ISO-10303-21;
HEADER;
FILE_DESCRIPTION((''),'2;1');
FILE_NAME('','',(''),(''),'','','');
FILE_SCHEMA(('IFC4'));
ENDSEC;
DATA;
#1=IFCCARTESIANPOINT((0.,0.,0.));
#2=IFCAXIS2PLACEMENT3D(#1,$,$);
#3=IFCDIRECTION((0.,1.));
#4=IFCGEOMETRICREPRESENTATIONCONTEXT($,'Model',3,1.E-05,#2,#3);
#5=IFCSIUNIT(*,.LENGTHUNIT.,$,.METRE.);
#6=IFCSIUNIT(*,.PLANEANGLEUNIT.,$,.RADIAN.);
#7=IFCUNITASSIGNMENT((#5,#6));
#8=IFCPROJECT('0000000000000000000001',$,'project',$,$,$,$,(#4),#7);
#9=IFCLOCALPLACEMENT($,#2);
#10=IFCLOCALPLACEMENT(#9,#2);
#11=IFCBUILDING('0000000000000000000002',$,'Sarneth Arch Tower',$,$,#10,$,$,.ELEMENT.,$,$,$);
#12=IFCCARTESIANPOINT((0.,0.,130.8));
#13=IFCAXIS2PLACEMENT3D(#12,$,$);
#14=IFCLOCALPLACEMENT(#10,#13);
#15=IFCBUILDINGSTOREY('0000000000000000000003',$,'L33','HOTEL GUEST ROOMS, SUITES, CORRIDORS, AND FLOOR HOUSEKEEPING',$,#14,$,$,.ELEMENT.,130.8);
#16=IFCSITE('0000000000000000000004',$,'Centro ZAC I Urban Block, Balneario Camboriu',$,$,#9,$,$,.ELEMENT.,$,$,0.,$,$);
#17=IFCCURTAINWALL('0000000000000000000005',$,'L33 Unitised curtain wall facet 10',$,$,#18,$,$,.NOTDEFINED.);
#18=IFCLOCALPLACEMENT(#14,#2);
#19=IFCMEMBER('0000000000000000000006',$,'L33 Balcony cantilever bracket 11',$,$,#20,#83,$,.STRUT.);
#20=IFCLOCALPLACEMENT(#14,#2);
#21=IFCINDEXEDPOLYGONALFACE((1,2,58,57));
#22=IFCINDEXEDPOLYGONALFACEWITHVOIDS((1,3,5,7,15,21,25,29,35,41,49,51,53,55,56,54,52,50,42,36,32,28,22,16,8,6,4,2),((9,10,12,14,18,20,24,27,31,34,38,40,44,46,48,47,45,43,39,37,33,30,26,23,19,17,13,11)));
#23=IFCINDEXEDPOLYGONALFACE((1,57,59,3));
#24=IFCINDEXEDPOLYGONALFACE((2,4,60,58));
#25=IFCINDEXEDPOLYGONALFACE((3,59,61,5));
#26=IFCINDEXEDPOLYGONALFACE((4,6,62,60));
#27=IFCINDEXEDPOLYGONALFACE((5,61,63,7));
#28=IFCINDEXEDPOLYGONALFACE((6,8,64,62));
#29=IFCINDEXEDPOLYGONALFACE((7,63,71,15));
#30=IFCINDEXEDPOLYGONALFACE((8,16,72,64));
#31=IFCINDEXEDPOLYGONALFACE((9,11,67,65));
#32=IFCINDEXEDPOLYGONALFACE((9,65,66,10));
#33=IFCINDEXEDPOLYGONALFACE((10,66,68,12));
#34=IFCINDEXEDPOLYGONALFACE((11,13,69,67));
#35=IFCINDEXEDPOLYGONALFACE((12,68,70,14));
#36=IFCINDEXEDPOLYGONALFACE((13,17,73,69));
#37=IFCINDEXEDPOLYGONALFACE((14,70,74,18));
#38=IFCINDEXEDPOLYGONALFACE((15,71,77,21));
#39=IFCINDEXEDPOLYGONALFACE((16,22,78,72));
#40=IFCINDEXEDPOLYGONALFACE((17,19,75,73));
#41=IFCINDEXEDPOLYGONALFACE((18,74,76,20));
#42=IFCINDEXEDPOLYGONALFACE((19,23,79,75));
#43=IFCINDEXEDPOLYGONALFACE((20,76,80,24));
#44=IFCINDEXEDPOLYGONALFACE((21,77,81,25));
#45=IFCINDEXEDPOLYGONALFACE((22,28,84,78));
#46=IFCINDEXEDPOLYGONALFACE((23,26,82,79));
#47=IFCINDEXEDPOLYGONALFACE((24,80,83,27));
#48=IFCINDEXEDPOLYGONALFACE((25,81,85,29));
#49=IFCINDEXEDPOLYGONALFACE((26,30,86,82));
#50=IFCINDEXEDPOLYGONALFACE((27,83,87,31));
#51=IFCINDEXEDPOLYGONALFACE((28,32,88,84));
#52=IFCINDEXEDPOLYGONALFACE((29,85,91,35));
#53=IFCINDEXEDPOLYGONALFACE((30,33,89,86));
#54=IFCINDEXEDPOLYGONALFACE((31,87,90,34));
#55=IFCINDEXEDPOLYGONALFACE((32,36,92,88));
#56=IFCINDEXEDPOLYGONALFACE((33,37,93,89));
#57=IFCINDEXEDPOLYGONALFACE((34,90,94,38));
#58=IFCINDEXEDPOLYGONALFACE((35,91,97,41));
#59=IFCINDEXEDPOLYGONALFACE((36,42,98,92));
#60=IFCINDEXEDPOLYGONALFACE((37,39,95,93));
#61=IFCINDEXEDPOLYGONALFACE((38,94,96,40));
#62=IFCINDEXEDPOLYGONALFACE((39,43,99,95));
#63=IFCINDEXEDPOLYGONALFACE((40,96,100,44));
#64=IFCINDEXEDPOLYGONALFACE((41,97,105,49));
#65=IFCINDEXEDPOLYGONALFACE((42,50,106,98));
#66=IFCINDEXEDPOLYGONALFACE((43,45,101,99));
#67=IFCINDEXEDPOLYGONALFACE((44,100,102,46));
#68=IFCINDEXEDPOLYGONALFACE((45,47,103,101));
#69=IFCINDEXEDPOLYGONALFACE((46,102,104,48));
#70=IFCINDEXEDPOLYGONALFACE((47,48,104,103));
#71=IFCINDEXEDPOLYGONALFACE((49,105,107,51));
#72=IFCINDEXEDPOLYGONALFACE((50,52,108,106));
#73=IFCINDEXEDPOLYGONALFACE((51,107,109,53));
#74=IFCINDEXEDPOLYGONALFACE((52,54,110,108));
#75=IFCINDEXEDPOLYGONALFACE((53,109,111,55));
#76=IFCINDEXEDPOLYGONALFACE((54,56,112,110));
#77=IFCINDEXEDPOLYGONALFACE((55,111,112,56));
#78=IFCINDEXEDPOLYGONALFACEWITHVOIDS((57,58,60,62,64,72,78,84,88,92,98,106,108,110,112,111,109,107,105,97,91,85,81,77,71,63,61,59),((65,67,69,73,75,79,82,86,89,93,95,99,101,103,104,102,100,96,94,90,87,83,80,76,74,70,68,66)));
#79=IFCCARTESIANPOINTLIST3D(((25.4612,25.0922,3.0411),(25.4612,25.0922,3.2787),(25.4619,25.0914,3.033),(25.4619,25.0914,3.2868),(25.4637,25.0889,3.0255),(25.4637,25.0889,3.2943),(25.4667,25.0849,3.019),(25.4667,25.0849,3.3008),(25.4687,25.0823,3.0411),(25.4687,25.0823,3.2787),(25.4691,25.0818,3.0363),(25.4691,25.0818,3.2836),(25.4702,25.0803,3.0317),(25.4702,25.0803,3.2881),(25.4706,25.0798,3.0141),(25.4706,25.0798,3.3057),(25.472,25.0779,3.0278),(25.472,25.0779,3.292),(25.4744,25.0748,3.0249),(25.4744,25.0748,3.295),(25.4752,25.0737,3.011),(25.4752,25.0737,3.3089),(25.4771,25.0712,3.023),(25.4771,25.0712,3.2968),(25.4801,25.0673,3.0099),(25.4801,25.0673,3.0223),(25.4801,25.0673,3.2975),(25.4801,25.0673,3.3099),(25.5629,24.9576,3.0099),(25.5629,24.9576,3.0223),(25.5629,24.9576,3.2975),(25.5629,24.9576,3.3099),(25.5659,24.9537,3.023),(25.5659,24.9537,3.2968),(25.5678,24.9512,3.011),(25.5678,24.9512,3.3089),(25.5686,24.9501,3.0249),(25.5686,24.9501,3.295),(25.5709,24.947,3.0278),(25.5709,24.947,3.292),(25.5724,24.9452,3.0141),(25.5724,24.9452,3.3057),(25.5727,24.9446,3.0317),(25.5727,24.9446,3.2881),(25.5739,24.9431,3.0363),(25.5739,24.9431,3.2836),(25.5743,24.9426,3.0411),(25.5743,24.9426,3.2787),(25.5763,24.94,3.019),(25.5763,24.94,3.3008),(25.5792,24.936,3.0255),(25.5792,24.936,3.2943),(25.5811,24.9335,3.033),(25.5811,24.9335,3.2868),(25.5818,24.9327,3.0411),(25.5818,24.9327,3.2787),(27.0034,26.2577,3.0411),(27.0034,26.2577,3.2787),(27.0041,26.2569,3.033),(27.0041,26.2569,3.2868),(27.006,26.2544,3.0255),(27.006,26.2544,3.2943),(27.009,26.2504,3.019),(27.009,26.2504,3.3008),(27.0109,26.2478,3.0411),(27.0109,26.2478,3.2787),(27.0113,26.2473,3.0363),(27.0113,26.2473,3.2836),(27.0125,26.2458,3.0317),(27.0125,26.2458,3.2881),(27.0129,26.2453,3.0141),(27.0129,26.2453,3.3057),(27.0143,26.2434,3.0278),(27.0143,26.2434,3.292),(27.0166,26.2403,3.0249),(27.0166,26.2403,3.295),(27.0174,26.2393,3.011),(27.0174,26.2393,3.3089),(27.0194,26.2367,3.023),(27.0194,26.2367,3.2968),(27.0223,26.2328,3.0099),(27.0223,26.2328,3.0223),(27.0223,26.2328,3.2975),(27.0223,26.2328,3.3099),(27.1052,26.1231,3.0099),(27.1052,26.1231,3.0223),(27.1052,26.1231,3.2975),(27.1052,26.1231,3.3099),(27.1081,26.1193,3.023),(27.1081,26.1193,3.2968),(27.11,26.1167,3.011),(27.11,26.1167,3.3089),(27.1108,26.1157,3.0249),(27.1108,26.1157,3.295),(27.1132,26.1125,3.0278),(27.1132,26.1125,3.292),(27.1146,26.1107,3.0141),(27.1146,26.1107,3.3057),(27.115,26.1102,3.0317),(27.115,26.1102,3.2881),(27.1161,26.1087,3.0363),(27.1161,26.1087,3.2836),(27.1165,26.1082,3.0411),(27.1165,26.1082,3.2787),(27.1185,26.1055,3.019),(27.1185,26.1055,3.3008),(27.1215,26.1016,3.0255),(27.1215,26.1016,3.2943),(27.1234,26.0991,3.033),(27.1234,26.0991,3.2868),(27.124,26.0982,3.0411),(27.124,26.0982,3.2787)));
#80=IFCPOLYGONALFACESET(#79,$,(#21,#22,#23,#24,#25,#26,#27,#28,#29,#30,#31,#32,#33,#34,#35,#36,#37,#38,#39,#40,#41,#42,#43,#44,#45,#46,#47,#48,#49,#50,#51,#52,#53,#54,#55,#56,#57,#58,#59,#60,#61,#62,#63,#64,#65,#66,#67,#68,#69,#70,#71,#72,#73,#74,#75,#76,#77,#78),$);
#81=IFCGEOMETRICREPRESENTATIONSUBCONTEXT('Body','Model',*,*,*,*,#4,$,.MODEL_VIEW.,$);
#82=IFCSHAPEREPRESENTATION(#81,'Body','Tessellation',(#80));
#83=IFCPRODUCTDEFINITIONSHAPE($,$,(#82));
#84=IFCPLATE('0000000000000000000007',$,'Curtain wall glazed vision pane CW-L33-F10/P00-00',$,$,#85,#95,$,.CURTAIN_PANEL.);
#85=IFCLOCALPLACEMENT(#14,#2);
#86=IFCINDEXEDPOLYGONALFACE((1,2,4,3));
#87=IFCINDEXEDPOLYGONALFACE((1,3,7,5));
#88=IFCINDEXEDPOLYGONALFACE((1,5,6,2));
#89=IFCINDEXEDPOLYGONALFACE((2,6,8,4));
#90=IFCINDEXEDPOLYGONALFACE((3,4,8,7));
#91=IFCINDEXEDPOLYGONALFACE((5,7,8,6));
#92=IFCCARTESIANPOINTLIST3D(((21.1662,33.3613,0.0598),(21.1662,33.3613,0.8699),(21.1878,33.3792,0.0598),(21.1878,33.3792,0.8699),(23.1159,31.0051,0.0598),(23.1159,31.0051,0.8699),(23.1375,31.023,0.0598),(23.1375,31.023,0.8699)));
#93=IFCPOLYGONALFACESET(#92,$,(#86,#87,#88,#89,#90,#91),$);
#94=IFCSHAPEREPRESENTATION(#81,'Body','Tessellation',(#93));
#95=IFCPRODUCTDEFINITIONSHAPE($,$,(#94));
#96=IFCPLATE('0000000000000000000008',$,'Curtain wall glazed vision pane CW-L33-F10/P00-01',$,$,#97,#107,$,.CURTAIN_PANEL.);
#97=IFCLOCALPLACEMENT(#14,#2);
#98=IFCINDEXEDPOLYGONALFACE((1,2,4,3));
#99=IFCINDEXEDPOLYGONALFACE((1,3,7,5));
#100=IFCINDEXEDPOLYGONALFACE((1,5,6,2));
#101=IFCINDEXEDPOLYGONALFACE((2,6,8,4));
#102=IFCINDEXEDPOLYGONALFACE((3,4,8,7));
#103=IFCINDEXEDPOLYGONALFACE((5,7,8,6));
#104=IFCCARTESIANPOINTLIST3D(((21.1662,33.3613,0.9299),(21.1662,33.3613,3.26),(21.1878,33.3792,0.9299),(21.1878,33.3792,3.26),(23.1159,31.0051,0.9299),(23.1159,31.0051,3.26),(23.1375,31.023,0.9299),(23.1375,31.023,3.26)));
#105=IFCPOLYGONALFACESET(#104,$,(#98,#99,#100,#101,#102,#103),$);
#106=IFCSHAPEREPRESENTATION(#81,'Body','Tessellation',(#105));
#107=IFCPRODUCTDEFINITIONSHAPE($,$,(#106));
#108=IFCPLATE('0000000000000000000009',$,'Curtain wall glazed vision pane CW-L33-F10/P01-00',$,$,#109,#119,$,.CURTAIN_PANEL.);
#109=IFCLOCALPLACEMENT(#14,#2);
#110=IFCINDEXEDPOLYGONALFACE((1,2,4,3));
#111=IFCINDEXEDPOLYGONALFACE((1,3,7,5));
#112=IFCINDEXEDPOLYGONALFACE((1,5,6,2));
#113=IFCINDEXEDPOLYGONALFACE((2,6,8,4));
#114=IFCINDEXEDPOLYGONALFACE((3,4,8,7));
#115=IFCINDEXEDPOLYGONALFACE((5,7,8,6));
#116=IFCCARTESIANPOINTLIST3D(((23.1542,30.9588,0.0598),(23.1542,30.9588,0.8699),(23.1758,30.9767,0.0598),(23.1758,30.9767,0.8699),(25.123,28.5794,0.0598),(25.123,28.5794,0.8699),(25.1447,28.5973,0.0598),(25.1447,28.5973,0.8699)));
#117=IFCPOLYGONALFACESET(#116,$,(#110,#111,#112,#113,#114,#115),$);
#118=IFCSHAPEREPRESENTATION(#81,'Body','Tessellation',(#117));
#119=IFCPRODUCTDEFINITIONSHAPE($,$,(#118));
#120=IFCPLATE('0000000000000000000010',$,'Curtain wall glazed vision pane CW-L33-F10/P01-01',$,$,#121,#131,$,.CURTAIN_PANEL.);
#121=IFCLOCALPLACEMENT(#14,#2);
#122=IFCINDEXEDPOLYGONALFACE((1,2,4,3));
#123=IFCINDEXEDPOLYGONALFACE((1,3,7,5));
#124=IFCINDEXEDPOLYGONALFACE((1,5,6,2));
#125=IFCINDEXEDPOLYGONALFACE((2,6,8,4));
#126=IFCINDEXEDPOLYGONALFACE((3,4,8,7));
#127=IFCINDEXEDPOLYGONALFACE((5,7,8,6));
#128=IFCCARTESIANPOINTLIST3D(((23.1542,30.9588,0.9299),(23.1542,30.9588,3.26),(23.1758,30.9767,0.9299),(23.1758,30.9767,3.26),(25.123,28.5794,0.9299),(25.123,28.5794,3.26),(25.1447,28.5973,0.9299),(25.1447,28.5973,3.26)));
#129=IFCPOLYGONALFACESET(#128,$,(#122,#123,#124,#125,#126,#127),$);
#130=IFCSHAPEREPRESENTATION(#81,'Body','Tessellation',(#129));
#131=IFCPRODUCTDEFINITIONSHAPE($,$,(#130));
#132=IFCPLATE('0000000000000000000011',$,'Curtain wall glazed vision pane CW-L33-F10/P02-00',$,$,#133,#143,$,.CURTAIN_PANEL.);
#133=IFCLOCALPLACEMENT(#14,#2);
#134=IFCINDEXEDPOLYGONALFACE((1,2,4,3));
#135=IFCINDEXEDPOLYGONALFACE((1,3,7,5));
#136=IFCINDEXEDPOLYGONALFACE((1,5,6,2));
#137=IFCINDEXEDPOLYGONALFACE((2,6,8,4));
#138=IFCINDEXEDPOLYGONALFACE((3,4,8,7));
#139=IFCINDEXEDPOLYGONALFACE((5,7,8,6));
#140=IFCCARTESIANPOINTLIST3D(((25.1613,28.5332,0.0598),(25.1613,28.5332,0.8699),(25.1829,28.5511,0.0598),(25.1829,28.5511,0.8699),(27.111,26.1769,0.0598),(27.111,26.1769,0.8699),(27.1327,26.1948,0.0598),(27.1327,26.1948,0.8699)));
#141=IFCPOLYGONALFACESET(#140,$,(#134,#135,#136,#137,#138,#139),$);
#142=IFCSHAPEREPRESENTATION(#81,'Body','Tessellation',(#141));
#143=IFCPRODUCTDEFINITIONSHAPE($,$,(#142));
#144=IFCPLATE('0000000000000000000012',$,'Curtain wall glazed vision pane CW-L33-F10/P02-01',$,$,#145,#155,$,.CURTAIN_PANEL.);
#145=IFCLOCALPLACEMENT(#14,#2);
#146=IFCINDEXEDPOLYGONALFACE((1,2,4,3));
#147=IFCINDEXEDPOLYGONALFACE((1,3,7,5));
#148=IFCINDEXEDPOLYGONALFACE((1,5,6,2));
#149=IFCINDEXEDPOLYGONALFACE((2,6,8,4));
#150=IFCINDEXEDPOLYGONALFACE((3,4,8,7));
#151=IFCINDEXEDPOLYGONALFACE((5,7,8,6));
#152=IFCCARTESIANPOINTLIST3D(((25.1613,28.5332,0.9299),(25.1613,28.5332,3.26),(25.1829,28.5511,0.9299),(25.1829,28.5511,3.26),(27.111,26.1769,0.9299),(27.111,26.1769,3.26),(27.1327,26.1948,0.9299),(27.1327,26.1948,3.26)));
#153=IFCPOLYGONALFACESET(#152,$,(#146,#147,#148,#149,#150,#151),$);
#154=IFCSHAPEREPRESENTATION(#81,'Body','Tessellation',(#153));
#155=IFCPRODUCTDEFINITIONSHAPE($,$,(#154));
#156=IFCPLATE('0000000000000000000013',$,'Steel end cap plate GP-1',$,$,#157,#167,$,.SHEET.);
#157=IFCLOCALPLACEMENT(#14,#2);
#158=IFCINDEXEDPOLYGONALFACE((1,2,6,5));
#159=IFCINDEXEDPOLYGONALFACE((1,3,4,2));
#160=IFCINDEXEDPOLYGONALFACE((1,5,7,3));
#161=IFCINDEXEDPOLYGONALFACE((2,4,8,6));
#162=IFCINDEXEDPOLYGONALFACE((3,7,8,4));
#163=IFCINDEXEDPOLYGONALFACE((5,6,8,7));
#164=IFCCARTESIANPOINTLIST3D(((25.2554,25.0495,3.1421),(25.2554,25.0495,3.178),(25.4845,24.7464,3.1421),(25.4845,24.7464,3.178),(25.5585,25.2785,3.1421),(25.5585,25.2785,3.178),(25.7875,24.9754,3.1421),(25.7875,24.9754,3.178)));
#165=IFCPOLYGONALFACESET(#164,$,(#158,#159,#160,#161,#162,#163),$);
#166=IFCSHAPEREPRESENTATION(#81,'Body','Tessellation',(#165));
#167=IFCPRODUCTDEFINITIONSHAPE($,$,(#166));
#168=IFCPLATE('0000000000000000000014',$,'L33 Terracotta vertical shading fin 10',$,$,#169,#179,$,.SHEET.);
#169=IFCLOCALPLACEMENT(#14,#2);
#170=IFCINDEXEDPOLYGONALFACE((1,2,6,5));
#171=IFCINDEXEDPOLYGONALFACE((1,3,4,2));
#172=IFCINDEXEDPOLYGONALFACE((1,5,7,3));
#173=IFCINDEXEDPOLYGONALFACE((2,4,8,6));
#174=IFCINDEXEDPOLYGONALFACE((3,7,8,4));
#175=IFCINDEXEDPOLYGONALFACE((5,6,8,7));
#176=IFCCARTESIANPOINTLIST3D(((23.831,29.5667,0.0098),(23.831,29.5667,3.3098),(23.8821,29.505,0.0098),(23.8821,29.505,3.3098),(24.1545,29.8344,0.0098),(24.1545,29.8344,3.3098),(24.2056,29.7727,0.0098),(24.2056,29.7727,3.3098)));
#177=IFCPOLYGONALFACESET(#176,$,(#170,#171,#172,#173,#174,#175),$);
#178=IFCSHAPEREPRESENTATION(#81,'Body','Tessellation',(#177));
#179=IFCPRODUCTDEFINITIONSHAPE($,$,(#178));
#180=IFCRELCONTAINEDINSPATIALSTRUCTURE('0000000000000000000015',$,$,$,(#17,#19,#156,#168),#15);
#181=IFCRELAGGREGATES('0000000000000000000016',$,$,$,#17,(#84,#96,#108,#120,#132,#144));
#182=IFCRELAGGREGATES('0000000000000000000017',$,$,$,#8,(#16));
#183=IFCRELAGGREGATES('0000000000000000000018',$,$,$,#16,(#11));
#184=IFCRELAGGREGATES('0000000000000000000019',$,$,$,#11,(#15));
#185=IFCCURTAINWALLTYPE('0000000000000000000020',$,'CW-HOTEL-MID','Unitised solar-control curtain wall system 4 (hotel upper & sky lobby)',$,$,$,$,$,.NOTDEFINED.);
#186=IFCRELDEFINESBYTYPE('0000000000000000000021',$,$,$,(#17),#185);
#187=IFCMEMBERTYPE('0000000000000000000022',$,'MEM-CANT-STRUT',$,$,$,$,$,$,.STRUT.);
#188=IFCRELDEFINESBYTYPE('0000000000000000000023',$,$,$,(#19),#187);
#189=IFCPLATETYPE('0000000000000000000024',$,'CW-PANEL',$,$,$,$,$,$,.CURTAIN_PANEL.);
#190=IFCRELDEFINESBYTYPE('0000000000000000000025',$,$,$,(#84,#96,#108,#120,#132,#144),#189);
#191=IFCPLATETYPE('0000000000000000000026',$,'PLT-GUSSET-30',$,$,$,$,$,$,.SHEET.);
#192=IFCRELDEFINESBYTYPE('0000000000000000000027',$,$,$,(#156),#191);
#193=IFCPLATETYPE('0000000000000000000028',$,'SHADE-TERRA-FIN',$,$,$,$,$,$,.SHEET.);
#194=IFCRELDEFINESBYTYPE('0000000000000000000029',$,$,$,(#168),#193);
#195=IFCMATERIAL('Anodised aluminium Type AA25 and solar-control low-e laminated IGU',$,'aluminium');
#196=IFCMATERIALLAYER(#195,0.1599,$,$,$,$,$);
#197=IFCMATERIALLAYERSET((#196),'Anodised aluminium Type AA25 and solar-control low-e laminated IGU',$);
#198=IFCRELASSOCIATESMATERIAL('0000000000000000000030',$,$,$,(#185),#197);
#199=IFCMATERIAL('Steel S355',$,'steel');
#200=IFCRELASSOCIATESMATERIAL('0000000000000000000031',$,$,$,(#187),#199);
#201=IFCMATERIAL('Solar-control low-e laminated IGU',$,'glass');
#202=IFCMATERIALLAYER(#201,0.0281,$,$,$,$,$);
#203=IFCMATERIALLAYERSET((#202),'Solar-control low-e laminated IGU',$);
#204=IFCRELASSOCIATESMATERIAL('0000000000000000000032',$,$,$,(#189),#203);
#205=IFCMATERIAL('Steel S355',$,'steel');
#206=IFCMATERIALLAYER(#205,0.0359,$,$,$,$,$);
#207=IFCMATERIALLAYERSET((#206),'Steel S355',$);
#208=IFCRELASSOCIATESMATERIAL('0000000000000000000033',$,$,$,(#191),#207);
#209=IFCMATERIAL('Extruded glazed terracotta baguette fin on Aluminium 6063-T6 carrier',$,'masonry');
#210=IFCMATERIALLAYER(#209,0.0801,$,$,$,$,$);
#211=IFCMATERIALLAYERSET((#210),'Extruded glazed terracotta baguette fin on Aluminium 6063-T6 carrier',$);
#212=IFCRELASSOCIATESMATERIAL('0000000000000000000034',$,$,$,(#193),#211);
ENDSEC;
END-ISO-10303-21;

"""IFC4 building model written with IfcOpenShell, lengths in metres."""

from ifc_helpers import new_model, si_unit, direction, frame, origin, origin_2d, place, context, subcontext, project, spatial, rectangle, hollow_rectangle, extrude, material, layer, layer_set, material_profile, profile_set, type_object, element, aggregate, save


model = new_model("IFC4")

# Units and contexts
model_context = context("Model", 3, precision=1e-05, world=origin(), true_north=direction((0.0, 1.0)))
body_context = subcontext(model_context, "Body", "Model", "MODEL_VIEW")
ifc_project = project(units=[si_unit("LENGTHUNIT", "METRE"), si_unit("PLANEANGLEUNIT", "RADIAN")], contexts=[model_context])

# Site, building, storey
site_placement = place(None, origin())
site = spatial("IfcSite", under=ifc_project, at=site_placement, Name="Centro ZAC I Urban Block, Balneario Camboriu", CompositionType="ELEMENT", RefElevation=0.0)
building_placement = place(site_placement, origin())
building = spatial("IfcBuilding", under=site, at=building_placement, Name="Sarneth Arch Tower", CompositionType="ELEMENT")
storey_placement = place(building_placement, frame((0.0, 0.0, 130.8)))
storey = spatial("IfcBuildingStorey", under=building, at=storey_placement, Name="L33", Description="HOTEL GUEST ROOMS, SUITES, CORRIDORS, AND FLOOR HOUSEKEEPING", CompositionType="ELEMENT", Elevation=130.8)

# Curtain wall
ifc_material_1 = material(Name="Anodised aluminium Type AA25 and solar-control low-e laminated IGU", Category="aluminium")
ifc_layer_1 = layer(ifc_material_1, 0.1599)
ifc_layer_set_1 = layer_set([ifc_layer_1], Name="Anodised aluminium Type AA25 and solar-control low-e laminated IGU")
curtain_wall_type = type_object("IfcCurtainWallType", Name="CW-HOTEL-MID", Description="Unitised solar-control curtain wall system 4 (hotel upper & sky lobby)", PredefinedType="NOTDEFINED", material=ifc_layer_set_1)
curtain_wall_placement = place(storey_placement, origin())
curtain_wall = element("IfcCurtainWall", 1, at=curtain_wall_placement, inside=storey, type_object=curtain_wall_type, Name="L33 Unitised curtain wall facet 10", PredefinedType="NOTDEFINED")

# Member
ifc_material_2 = material(Name="Steel S355", Category="steel")
ifc_material_profile_1 = material_profile(ifc_material_2, hollow_rectangle(XDim=0.2, YDim=0.3, WallThickness=0.0125, InnerFilletRadius=0.0188, OuterFilletRadius=0.0312, at=origin_2d()), Name="RHS300x200x12.5")
ifc_profile_set_1 = profile_set([ifc_material_profile_1], Name="Steel S355")
member_type_1 = type_object("IfcMemberType", Name="MEM-CANT-STRUT", PredefinedType="STRUT", material=ifc_profile_set_1)
member_1_placement = place(storey_placement, frame((27.0637, 26.178, 3.1599), z_axis=(-0.797797, -0.602926, 0.0), x_axis=(0.602926, -0.797797, 0.0)))
element("IfcMember", 2, at=member_1_placement, inside=storey, type_object=member_type_1, Name="L33 Balcony cantilever bracket 11", PredefinedType="STRUT", context=body_context, shape_type="SweptSolid", body=[
    extrude(hollow_rectangle(XDim=0.2, YDim=0.3, WallThickness=0.0125, InnerFilletRadius=0.0188, OuterFilletRadius=0.0312, at=origin_2d()), origin(), (0.0, 0.0, 1.0), 1.9331),
])

# Plates
ifc_material_3 = material(Name="Solar-control low-e laminated IGU", Category="glass")
ifc_layer_2 = layer(ifc_material_3, 0.0281)
ifc_layer_set_2 = layer_set([ifc_layer_2], Name="Solar-control low-e laminated IGU")
plate_type_1 = type_object("IfcPlateType", Name="CW-PANEL", PredefinedType="CURTAIN_PANEL", material=ifc_layer_set_2)
plate_1_placement = place(storey_placement, frame((22.1519, 32.1921, 0.0598), z_axis=(0.0, 0.0, 1.0), x_axis=(0.637515, -0.770438, 0.0)))
plate_1 = element("IfcPlate", 3, at=plate_1_placement, type_object=plate_type_1, Name="Curtain wall glazed vision pane CW-L33-F10/P00-00", PredefinedType="CURTAIN_PANEL", context=body_context, shape_type="SweptSolid", body=[
    extrude(rectangle(XDim=3.0583, YDim=0.0281, at=origin_2d()), origin(), (0.0, 0.0, 1.0), 0.8101),
])
plate_2_placement = place(storey_placement, frame((22.1519, 32.1921, 0.9299), z_axis=(0.0, 0.0, 1.0), x_axis=(0.637515, -0.770438, 0.0)))
plate_2 = element("IfcPlate", 4, at=plate_2_placement, type_object=plate_type_1, Name="Curtain wall glazed vision pane CW-L33-F10/P00-01", PredefinedType="CURTAIN_PANEL", context=body_context, shape_type="SweptSolid", body=[
    extrude(rectangle(XDim=3.0583, YDim=0.0281, at=origin_2d()), origin(), (0.0, 0.0, 1.0), 2.3301),
])
plate_3_placement = place(storey_placement, frame((24.1494, 29.7781, 0.0598), z_axis=(0.0, 0.0, 1.0), x_axis=(0.637515, -0.770438, 0.0)))
plate_3 = element("IfcPlate", 5, at=plate_3_placement, type_object=plate_type_1, Name="Curtain wall glazed vision pane CW-L33-F10/P01-00", PredefinedType="CURTAIN_PANEL", context=body_context, shape_type="SweptSolid", body=[
    extrude(rectangle(XDim=3.0884, YDim=0.0281, at=origin_2d()), origin(), (0.0, 0.0, 1.0), 0.8101),
])
plate_4_placement = place(storey_placement, frame((24.1494, 29.7781, 0.9299), z_axis=(0.0, 0.0, 1.0), x_axis=(0.637515, -0.770438, 0.0)))
plate_4 = element("IfcPlate", 6, at=plate_4_placement, type_object=plate_type_1, Name="Curtain wall glazed vision pane CW-L33-F10/P01-01", PredefinedType="CURTAIN_PANEL", context=body_context, shape_type="SweptSolid", body=[
    extrude(rectangle(XDim=3.0884, YDim=0.0281, at=origin_2d()), origin(), (0.0, 0.0, 1.0), 2.3301),
])
plate_5_placement = place(storey_placement, frame((26.147, 27.364, 0.0598), z_axis=(0.0, 0.0, 1.0), x_axis=(0.637515, -0.770438, 0.0)))
plate_5 = element("IfcPlate", 7, at=plate_5_placement, type_object=plate_type_1, Name="Curtain wall glazed vision pane CW-L33-F10/P02-00", PredefinedType="CURTAIN_PANEL", context=body_context, shape_type="SweptSolid", body=[
    extrude(rectangle(XDim=3.0583, YDim=0.0281, at=origin_2d()), origin(), (0.0, 0.0, 1.0), 0.8101),
])
plate_6_placement = place(storey_placement, frame((26.147, 27.364, 0.9299), z_axis=(0.0, 0.0, 1.0), x_axis=(0.637515, -0.770438, 0.0)))
plate_6 = element("IfcPlate", 8, at=plate_6_placement, type_object=plate_type_1, Name="Curtain wall glazed vision pane CW-L33-F10/P02-01", PredefinedType="CURTAIN_PANEL", context=body_context, shape_type="SweptSolid", body=[
    extrude(rectangle(XDim=3.0583, YDim=0.0281, at=origin_2d()), origin(), (0.0, 0.0, 1.0), 2.3301),
])
aggregate(curtain_wall, [plate_1, plate_2, plate_3, plate_4, plate_5, plate_6])

# Plates
ifc_material_4 = material(Name="Steel S355", Category="steel")
ifc_layer_3 = layer(ifc_material_4, 0.0359)
ifc_layer_set_3 = layer_set([ifc_layer_3], Name="Steel S355")
plate_type_2 = type_object("IfcPlateType", Name="PLT-GUSSET-30", PredefinedType="SHEET", material=ifc_layer_set_3)
plate_7_placement = place(storey_placement, frame((25.5215, 25.0125, 3.1421), z_axis=(0.0, 0.0, 1.0), x_axis=(-0.797794, -0.60293, 0.0)))
element("IfcPlate", 9, at=plate_7_placement, inside=storey, type_object=plate_type_2, Name="Steel end cap plate GP-1", PredefinedType="SHEET", context=body_context, shape_type="SweptSolid", body=[
    extrude(rectangle(XDim=0.3799, YDim=0.3799, at=origin_2d()), origin(), (0.0, 0.0, 1.0), 0.0359),
])
ifc_material_5 = material(Name="Extruded glazed terracotta baguette fin on Aluminium 6063-T6 carrier", Category="masonry")
ifc_layer_4 = layer(ifc_material_5, 0.0801)
ifc_layer_set_4 = layer_set([ifc_layer_4], Name="Extruded glazed terracotta baguette fin on Aluminium 6063-T6 carrier")
plate_type_3 = type_object("IfcPlateType", Name="SHADE-TERRA-FIN", PredefinedType="SHEET", material=ifc_layer_set_4)
plate_8_placement = place(storey_placement, frame((24.0183, 29.6697, 0.0098), z_axis=(0.0, 0.0, 1.0), x_axis=(-0.770402, -0.637558, 0.0)))
element("IfcPlate", 10, at=plate_8_placement, inside=storey, type_object=plate_type_3, Name="L33 Terracotta vertical shading fin 10", PredefinedType="SHEET", context=body_context, shape_type="SweptSolid", body=[
    extrude(rectangle(XDim=0.4199, YDim=0.0801, at=origin_2d()), origin(), (0.0, 0.0, 1.0), 3.3),
])

save(model, "model.ifc")
